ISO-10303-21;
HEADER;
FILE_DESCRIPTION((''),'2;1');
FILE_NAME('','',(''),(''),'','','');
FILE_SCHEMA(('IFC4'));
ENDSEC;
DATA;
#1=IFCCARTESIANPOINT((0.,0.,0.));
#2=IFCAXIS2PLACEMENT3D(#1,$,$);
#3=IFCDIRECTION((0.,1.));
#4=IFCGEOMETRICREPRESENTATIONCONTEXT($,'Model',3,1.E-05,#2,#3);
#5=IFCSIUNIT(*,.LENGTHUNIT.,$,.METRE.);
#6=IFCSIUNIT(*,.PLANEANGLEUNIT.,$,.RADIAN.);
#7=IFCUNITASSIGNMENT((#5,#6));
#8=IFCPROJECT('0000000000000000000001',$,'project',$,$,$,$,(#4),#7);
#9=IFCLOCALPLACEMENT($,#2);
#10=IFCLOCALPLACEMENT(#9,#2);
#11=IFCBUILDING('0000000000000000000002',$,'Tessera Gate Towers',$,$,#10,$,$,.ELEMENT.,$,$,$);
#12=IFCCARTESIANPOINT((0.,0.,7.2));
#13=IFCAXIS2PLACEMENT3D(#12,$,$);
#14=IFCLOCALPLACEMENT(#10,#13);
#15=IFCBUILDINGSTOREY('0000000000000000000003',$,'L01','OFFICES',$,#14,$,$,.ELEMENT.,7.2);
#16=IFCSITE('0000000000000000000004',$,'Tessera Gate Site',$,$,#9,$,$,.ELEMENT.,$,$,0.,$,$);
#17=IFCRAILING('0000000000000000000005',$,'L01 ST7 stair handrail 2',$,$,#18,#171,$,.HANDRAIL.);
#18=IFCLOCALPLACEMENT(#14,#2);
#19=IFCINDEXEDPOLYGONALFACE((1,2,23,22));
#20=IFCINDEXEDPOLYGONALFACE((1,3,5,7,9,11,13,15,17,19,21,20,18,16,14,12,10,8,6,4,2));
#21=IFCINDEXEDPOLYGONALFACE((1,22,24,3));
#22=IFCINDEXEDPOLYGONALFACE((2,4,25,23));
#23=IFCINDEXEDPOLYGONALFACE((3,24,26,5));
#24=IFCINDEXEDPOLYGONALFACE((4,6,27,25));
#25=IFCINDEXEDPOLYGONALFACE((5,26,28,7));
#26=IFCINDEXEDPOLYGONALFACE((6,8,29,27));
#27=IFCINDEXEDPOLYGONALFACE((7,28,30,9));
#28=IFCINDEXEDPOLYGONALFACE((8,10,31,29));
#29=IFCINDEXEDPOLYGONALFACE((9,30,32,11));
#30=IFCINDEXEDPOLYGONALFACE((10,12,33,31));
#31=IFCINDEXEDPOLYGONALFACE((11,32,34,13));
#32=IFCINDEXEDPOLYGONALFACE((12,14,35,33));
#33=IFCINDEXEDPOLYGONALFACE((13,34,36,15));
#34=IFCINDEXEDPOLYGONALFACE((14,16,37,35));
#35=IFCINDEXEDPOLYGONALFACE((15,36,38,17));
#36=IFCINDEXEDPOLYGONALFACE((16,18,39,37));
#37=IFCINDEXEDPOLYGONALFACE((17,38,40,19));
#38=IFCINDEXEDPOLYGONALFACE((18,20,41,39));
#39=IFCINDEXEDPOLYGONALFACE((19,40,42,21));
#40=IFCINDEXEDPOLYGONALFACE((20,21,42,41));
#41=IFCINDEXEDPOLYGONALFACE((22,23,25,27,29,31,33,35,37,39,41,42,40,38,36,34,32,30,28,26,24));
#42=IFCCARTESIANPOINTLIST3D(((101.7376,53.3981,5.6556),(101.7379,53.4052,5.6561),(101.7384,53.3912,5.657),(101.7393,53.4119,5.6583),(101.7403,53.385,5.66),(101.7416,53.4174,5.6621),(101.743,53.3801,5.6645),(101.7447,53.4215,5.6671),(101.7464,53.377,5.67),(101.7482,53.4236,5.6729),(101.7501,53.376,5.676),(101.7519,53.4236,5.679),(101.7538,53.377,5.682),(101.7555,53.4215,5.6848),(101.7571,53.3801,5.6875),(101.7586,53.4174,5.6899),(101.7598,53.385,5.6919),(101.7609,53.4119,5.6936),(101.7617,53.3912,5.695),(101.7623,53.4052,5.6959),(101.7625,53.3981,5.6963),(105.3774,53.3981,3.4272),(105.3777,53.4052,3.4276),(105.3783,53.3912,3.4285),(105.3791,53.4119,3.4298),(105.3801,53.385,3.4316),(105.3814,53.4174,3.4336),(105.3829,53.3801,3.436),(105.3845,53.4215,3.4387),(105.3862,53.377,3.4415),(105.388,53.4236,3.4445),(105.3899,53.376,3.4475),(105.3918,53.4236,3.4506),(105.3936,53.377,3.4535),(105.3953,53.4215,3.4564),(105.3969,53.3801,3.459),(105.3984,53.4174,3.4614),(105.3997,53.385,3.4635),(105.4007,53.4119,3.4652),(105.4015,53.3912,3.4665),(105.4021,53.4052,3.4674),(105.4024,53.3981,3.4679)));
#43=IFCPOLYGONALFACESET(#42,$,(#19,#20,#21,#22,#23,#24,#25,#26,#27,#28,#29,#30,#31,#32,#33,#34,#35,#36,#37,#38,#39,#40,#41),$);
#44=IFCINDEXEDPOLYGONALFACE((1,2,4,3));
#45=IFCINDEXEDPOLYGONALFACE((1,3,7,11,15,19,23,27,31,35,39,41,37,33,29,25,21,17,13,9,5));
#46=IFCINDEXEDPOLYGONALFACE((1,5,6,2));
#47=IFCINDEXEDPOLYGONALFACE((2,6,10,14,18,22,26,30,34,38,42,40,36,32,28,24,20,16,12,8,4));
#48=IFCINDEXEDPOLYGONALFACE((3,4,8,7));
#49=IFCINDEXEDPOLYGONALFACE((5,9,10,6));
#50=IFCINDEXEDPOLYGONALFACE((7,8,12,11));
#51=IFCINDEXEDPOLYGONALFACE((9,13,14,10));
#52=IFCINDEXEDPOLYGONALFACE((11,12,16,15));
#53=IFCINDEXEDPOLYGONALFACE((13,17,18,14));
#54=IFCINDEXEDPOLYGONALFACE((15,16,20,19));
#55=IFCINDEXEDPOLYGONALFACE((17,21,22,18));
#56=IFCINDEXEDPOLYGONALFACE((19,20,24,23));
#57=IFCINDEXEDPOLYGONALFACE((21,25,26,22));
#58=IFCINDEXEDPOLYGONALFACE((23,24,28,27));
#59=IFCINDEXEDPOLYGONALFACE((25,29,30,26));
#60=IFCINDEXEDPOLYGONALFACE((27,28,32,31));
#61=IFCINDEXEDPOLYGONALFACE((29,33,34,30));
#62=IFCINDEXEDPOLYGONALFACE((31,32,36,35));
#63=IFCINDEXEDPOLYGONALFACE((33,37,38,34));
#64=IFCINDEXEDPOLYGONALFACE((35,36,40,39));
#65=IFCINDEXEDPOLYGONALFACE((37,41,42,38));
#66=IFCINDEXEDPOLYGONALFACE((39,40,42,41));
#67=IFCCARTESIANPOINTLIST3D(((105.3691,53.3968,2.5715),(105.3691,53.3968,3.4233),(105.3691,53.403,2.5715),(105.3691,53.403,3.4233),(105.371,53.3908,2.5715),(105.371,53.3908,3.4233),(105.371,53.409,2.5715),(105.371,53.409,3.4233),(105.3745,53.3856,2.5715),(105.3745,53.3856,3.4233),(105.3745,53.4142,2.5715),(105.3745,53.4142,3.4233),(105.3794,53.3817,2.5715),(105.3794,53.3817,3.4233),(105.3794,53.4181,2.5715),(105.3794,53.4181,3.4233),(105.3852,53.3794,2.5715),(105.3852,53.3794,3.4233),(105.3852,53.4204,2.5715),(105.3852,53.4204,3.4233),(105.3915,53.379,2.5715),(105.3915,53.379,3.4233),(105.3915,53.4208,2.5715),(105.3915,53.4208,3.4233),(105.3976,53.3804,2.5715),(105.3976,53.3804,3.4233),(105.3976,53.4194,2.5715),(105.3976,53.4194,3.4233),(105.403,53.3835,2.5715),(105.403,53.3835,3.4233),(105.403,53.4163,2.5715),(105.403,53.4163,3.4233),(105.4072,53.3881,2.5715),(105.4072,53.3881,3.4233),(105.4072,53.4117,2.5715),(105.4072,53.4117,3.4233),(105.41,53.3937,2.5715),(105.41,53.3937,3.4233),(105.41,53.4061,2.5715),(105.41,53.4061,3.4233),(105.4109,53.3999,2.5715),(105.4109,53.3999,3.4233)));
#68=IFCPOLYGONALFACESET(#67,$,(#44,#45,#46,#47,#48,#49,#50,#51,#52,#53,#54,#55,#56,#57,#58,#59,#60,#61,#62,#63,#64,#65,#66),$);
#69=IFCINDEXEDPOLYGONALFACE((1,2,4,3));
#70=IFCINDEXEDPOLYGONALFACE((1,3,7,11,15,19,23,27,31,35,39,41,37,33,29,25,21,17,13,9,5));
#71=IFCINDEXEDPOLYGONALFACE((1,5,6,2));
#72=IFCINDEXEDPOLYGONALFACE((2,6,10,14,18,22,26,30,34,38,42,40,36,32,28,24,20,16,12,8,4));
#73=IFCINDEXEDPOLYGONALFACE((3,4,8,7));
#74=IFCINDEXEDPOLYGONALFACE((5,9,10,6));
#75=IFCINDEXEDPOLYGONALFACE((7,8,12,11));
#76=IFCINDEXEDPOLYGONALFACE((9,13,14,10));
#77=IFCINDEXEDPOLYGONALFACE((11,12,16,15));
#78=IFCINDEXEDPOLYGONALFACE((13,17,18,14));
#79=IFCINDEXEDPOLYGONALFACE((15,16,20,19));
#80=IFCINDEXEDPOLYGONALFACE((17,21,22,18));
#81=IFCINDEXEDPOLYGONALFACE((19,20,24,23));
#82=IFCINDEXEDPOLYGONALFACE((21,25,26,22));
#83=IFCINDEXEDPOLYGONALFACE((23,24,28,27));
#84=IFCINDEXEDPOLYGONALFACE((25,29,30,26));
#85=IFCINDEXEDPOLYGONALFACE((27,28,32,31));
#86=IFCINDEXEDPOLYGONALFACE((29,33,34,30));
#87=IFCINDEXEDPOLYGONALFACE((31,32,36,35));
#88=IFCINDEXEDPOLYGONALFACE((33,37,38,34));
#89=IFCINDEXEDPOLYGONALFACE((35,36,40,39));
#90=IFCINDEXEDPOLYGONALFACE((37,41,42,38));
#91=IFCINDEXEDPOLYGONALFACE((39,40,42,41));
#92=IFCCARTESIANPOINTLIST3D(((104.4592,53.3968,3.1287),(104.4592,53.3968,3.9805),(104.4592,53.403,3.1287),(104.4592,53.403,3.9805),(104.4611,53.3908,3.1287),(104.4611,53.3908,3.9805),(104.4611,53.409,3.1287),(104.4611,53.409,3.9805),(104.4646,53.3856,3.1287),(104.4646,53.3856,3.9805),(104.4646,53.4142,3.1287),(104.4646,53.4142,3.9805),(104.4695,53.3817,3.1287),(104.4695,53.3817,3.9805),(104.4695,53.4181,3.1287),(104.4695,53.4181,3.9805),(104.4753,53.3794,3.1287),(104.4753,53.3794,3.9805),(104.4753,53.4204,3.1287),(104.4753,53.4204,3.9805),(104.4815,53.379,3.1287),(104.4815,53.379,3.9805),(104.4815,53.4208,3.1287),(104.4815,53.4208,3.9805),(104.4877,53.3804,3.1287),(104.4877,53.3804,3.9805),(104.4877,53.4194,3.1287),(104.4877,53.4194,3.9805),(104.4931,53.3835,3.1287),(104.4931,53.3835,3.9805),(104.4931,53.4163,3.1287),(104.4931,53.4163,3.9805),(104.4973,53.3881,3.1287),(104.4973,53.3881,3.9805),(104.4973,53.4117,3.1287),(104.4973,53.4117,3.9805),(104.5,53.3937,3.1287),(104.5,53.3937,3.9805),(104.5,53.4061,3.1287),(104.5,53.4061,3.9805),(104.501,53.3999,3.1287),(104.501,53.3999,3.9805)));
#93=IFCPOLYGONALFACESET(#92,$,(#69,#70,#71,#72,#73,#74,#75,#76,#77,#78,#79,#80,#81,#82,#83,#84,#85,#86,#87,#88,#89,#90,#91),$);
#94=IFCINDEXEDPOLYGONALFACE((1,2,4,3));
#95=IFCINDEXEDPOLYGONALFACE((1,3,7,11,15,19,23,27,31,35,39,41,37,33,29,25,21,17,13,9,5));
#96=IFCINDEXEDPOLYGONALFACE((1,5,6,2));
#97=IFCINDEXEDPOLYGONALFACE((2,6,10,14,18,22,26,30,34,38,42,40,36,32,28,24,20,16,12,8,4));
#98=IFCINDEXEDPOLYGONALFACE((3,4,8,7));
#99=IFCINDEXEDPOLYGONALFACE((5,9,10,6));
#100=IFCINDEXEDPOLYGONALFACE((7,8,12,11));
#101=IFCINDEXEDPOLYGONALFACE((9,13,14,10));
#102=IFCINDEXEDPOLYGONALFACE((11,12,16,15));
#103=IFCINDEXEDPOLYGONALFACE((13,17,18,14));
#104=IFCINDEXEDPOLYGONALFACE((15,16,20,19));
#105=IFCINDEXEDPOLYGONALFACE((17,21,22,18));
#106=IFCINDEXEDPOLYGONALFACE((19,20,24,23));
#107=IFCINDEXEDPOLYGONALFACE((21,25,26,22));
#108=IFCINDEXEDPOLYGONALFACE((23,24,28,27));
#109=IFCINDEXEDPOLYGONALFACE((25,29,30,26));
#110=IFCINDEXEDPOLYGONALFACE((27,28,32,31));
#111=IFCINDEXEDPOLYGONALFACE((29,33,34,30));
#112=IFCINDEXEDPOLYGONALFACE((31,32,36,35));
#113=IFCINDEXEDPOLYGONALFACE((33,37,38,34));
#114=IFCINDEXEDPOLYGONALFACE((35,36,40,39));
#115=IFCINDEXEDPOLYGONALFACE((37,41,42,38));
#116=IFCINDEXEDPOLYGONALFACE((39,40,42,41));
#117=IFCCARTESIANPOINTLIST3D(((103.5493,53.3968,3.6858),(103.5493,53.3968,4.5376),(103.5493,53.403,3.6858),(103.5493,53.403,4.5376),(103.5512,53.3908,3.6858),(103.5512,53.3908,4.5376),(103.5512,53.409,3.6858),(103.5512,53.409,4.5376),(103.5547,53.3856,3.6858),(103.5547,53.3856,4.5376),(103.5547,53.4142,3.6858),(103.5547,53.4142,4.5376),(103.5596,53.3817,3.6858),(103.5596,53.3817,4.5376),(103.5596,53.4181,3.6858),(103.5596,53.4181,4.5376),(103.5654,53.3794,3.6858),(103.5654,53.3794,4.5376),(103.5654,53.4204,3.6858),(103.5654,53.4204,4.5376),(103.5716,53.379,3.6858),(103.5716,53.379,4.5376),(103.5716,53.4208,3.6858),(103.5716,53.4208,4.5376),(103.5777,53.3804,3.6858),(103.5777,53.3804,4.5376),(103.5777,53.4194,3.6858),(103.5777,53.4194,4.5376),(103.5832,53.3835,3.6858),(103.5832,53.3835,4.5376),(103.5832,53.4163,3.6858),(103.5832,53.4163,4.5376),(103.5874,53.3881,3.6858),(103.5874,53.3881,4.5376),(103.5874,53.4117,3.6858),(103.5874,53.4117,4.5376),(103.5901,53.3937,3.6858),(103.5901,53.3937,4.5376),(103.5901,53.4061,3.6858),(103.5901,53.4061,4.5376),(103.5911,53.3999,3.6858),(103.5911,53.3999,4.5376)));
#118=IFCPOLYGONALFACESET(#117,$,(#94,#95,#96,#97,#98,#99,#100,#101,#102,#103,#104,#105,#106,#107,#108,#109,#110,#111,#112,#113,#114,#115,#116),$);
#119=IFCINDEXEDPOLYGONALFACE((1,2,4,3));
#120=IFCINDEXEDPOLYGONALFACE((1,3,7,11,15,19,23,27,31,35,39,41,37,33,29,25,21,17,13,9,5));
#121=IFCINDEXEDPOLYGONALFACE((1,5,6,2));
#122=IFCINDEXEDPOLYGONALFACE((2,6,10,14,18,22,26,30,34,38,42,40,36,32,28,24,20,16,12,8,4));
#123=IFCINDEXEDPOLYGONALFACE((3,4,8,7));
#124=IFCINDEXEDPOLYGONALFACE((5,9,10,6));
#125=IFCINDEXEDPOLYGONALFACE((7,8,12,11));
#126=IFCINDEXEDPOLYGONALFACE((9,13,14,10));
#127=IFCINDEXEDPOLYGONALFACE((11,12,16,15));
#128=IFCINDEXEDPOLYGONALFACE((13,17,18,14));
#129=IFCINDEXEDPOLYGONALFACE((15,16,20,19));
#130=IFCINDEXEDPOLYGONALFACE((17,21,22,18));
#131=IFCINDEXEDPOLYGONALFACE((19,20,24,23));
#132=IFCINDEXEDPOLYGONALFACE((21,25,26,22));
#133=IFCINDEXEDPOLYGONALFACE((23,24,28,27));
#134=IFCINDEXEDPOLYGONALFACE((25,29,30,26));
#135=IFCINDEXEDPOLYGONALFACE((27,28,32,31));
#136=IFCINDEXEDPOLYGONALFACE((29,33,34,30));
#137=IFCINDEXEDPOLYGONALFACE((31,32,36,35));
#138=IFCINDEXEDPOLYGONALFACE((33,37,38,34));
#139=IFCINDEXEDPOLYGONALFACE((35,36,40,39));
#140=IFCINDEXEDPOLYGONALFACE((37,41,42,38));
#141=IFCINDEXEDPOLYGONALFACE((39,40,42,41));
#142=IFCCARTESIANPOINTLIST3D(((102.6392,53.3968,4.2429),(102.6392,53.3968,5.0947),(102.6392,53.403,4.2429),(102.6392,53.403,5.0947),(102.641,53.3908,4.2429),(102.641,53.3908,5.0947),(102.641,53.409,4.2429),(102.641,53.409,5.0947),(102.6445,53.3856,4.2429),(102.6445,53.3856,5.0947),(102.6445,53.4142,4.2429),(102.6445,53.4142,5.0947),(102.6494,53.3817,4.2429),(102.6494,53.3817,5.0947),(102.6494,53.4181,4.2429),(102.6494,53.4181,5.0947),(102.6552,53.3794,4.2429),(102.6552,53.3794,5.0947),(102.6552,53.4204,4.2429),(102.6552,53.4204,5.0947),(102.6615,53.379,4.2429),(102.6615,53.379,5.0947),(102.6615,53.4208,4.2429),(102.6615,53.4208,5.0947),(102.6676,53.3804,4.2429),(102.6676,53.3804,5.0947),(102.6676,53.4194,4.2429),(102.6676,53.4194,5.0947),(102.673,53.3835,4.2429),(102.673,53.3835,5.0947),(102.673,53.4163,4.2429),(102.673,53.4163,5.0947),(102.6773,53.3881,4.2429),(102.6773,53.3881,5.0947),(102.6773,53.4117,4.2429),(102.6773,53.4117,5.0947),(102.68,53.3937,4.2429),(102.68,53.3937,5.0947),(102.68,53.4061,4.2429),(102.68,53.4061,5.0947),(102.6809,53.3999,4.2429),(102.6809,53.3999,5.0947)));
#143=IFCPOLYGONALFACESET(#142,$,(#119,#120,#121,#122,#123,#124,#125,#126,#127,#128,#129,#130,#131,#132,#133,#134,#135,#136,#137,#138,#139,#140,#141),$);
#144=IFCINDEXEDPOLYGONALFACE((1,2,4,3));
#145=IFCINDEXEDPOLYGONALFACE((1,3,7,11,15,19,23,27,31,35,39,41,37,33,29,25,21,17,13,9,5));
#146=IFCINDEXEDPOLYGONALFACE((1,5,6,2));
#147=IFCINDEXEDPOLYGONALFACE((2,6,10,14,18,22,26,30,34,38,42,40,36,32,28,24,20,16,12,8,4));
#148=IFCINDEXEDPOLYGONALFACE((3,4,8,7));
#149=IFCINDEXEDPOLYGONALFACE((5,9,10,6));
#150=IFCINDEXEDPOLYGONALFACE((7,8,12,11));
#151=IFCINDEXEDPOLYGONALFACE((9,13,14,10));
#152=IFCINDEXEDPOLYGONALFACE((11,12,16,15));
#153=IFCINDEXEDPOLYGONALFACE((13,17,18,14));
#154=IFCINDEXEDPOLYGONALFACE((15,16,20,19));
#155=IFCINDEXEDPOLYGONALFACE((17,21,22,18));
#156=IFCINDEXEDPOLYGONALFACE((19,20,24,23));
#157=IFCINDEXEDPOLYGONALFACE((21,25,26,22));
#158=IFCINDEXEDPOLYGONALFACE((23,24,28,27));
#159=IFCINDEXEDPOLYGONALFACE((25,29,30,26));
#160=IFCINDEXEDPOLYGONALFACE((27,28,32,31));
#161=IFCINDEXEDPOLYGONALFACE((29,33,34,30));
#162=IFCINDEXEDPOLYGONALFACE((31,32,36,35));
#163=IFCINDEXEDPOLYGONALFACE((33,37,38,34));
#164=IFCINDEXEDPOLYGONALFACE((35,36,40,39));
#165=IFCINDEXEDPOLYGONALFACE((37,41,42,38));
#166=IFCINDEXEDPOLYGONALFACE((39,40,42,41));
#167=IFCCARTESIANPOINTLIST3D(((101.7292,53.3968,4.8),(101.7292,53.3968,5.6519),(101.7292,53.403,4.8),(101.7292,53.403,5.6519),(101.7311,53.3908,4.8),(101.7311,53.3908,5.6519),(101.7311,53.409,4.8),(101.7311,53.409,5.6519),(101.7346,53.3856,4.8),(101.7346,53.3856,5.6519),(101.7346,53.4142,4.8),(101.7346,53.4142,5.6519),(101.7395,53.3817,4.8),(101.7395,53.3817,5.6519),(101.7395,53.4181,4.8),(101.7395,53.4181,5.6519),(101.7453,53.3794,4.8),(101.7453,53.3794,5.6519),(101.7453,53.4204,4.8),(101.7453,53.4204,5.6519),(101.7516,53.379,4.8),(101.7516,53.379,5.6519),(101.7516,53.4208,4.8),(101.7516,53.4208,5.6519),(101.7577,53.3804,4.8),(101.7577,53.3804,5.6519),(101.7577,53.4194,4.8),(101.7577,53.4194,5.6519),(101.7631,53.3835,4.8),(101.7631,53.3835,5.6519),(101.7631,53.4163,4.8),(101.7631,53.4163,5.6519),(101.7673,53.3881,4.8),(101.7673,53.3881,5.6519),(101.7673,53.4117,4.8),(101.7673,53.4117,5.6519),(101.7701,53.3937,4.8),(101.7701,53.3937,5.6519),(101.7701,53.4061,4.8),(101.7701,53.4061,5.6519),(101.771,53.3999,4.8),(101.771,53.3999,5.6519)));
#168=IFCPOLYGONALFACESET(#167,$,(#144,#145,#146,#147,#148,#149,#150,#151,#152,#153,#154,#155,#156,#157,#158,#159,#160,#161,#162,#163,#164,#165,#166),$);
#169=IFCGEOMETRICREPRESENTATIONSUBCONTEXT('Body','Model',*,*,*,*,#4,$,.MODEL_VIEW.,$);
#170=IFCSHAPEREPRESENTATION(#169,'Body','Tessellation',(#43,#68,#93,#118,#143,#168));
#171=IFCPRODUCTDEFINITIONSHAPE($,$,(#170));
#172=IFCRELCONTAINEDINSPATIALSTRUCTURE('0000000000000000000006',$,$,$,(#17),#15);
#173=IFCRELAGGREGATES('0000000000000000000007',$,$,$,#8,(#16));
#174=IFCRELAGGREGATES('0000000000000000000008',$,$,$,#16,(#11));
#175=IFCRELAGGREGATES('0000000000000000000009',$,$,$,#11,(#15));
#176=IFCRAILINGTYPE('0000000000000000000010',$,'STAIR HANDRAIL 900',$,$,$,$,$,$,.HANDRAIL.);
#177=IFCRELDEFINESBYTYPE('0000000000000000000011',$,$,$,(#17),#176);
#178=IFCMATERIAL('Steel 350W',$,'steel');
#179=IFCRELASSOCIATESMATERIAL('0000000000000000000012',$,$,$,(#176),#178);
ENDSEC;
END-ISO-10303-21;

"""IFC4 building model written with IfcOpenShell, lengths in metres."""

from ifc_helpers import new_model, si_unit, direction, frame, origin, origin_2d, place, context, subcontext, project, spatial, circle, extrude, material, type_object, element, save


model = new_model("IFC4")

# Units and contexts
model_context = context("Model", 3, precision=1e-05, world=origin(), true_north=direction((0.0, 1.0)))
body_context = subcontext(model_context, "Body", "Model", "MODEL_VIEW")
ifc_project = project(units=[si_unit("LENGTHUNIT", "METRE"), si_unit("PLANEANGLEUNIT", "RADIAN")], contexts=[model_context])

# Site, building, storey
site_placement = place(None, origin())
site = spatial("IfcSite", under=ifc_project, at=site_placement, Name="Tessera Gate Site", CompositionType="ELEMENT", RefElevation=0.0)
building_placement = place(site_placement, origin())
building = spatial("IfcBuilding", under=site, at=building_placement, Name="Tessera Gate Towers", CompositionType="ELEMENT")
storey_placement = place(building_placement, frame((0.0, 0.0, 7.2)))
storey = spatial("IfcBuildingStorey", under=building, at=storey_placement, Name="L01", Description="OFFICES", CompositionType="ELEMENT", Elevation=7.2)

# Railing
ifc_material_1 = material(Name="Steel 350W", Category="steel")
railing_type_1 = type_object("IfcRailingType", Name="STAIR HANDRAIL 900", PredefinedType="HANDRAIL", material=ifc_material_1)
railing_1_placement = place(storey_placement, frame((105.3899, 53.3999, 2.5715)))
element("IfcRailing", 1, at=railing_1_placement, inside=storey, type_object=railing_type_1, Name="L01 ST7 stair handrail 2", PredefinedType="HANDRAIL", context=body_context, shape_type="SweptSolid", body=[
    extrude(circle(Radius=0.0239, at=origin_2d()), frame((0.0, 0.0, 0.876), z_axis=(-0.85285, 0.0, 0.522156), x_axis=(0.0, -1.0, 0.0)), (0.0, 0.0, 1.0), 4.2678),
    extrude(circle(Radius=0.021, at=origin_2d()), origin(), (0.0, 0.0, 1.0), 0.8518),
    extrude(circle(Radius=0.021, at=origin_2d()), frame((-0.9099, 0.0, 0.5571)), (0.0, 0.0, 1.0), 0.8518),
    extrude(circle(Radius=0.021, at=origin_2d()), frame((-1.8198, 0.0, 1.1143)), (0.0, 0.0, 1.0), 0.8518),
    extrude(circle(Radius=0.021, at=origin_2d()), frame((-2.73, 0.0, 1.6714)), (0.0, 0.0, 1.0), 0.8518),
    extrude(circle(Radius=0.021, at=origin_2d()), frame((-3.6399, 0.0, 2.2285)), (0.0, 0.0, 1.0), 0.8518),
])

save(model, "model.ifc")
